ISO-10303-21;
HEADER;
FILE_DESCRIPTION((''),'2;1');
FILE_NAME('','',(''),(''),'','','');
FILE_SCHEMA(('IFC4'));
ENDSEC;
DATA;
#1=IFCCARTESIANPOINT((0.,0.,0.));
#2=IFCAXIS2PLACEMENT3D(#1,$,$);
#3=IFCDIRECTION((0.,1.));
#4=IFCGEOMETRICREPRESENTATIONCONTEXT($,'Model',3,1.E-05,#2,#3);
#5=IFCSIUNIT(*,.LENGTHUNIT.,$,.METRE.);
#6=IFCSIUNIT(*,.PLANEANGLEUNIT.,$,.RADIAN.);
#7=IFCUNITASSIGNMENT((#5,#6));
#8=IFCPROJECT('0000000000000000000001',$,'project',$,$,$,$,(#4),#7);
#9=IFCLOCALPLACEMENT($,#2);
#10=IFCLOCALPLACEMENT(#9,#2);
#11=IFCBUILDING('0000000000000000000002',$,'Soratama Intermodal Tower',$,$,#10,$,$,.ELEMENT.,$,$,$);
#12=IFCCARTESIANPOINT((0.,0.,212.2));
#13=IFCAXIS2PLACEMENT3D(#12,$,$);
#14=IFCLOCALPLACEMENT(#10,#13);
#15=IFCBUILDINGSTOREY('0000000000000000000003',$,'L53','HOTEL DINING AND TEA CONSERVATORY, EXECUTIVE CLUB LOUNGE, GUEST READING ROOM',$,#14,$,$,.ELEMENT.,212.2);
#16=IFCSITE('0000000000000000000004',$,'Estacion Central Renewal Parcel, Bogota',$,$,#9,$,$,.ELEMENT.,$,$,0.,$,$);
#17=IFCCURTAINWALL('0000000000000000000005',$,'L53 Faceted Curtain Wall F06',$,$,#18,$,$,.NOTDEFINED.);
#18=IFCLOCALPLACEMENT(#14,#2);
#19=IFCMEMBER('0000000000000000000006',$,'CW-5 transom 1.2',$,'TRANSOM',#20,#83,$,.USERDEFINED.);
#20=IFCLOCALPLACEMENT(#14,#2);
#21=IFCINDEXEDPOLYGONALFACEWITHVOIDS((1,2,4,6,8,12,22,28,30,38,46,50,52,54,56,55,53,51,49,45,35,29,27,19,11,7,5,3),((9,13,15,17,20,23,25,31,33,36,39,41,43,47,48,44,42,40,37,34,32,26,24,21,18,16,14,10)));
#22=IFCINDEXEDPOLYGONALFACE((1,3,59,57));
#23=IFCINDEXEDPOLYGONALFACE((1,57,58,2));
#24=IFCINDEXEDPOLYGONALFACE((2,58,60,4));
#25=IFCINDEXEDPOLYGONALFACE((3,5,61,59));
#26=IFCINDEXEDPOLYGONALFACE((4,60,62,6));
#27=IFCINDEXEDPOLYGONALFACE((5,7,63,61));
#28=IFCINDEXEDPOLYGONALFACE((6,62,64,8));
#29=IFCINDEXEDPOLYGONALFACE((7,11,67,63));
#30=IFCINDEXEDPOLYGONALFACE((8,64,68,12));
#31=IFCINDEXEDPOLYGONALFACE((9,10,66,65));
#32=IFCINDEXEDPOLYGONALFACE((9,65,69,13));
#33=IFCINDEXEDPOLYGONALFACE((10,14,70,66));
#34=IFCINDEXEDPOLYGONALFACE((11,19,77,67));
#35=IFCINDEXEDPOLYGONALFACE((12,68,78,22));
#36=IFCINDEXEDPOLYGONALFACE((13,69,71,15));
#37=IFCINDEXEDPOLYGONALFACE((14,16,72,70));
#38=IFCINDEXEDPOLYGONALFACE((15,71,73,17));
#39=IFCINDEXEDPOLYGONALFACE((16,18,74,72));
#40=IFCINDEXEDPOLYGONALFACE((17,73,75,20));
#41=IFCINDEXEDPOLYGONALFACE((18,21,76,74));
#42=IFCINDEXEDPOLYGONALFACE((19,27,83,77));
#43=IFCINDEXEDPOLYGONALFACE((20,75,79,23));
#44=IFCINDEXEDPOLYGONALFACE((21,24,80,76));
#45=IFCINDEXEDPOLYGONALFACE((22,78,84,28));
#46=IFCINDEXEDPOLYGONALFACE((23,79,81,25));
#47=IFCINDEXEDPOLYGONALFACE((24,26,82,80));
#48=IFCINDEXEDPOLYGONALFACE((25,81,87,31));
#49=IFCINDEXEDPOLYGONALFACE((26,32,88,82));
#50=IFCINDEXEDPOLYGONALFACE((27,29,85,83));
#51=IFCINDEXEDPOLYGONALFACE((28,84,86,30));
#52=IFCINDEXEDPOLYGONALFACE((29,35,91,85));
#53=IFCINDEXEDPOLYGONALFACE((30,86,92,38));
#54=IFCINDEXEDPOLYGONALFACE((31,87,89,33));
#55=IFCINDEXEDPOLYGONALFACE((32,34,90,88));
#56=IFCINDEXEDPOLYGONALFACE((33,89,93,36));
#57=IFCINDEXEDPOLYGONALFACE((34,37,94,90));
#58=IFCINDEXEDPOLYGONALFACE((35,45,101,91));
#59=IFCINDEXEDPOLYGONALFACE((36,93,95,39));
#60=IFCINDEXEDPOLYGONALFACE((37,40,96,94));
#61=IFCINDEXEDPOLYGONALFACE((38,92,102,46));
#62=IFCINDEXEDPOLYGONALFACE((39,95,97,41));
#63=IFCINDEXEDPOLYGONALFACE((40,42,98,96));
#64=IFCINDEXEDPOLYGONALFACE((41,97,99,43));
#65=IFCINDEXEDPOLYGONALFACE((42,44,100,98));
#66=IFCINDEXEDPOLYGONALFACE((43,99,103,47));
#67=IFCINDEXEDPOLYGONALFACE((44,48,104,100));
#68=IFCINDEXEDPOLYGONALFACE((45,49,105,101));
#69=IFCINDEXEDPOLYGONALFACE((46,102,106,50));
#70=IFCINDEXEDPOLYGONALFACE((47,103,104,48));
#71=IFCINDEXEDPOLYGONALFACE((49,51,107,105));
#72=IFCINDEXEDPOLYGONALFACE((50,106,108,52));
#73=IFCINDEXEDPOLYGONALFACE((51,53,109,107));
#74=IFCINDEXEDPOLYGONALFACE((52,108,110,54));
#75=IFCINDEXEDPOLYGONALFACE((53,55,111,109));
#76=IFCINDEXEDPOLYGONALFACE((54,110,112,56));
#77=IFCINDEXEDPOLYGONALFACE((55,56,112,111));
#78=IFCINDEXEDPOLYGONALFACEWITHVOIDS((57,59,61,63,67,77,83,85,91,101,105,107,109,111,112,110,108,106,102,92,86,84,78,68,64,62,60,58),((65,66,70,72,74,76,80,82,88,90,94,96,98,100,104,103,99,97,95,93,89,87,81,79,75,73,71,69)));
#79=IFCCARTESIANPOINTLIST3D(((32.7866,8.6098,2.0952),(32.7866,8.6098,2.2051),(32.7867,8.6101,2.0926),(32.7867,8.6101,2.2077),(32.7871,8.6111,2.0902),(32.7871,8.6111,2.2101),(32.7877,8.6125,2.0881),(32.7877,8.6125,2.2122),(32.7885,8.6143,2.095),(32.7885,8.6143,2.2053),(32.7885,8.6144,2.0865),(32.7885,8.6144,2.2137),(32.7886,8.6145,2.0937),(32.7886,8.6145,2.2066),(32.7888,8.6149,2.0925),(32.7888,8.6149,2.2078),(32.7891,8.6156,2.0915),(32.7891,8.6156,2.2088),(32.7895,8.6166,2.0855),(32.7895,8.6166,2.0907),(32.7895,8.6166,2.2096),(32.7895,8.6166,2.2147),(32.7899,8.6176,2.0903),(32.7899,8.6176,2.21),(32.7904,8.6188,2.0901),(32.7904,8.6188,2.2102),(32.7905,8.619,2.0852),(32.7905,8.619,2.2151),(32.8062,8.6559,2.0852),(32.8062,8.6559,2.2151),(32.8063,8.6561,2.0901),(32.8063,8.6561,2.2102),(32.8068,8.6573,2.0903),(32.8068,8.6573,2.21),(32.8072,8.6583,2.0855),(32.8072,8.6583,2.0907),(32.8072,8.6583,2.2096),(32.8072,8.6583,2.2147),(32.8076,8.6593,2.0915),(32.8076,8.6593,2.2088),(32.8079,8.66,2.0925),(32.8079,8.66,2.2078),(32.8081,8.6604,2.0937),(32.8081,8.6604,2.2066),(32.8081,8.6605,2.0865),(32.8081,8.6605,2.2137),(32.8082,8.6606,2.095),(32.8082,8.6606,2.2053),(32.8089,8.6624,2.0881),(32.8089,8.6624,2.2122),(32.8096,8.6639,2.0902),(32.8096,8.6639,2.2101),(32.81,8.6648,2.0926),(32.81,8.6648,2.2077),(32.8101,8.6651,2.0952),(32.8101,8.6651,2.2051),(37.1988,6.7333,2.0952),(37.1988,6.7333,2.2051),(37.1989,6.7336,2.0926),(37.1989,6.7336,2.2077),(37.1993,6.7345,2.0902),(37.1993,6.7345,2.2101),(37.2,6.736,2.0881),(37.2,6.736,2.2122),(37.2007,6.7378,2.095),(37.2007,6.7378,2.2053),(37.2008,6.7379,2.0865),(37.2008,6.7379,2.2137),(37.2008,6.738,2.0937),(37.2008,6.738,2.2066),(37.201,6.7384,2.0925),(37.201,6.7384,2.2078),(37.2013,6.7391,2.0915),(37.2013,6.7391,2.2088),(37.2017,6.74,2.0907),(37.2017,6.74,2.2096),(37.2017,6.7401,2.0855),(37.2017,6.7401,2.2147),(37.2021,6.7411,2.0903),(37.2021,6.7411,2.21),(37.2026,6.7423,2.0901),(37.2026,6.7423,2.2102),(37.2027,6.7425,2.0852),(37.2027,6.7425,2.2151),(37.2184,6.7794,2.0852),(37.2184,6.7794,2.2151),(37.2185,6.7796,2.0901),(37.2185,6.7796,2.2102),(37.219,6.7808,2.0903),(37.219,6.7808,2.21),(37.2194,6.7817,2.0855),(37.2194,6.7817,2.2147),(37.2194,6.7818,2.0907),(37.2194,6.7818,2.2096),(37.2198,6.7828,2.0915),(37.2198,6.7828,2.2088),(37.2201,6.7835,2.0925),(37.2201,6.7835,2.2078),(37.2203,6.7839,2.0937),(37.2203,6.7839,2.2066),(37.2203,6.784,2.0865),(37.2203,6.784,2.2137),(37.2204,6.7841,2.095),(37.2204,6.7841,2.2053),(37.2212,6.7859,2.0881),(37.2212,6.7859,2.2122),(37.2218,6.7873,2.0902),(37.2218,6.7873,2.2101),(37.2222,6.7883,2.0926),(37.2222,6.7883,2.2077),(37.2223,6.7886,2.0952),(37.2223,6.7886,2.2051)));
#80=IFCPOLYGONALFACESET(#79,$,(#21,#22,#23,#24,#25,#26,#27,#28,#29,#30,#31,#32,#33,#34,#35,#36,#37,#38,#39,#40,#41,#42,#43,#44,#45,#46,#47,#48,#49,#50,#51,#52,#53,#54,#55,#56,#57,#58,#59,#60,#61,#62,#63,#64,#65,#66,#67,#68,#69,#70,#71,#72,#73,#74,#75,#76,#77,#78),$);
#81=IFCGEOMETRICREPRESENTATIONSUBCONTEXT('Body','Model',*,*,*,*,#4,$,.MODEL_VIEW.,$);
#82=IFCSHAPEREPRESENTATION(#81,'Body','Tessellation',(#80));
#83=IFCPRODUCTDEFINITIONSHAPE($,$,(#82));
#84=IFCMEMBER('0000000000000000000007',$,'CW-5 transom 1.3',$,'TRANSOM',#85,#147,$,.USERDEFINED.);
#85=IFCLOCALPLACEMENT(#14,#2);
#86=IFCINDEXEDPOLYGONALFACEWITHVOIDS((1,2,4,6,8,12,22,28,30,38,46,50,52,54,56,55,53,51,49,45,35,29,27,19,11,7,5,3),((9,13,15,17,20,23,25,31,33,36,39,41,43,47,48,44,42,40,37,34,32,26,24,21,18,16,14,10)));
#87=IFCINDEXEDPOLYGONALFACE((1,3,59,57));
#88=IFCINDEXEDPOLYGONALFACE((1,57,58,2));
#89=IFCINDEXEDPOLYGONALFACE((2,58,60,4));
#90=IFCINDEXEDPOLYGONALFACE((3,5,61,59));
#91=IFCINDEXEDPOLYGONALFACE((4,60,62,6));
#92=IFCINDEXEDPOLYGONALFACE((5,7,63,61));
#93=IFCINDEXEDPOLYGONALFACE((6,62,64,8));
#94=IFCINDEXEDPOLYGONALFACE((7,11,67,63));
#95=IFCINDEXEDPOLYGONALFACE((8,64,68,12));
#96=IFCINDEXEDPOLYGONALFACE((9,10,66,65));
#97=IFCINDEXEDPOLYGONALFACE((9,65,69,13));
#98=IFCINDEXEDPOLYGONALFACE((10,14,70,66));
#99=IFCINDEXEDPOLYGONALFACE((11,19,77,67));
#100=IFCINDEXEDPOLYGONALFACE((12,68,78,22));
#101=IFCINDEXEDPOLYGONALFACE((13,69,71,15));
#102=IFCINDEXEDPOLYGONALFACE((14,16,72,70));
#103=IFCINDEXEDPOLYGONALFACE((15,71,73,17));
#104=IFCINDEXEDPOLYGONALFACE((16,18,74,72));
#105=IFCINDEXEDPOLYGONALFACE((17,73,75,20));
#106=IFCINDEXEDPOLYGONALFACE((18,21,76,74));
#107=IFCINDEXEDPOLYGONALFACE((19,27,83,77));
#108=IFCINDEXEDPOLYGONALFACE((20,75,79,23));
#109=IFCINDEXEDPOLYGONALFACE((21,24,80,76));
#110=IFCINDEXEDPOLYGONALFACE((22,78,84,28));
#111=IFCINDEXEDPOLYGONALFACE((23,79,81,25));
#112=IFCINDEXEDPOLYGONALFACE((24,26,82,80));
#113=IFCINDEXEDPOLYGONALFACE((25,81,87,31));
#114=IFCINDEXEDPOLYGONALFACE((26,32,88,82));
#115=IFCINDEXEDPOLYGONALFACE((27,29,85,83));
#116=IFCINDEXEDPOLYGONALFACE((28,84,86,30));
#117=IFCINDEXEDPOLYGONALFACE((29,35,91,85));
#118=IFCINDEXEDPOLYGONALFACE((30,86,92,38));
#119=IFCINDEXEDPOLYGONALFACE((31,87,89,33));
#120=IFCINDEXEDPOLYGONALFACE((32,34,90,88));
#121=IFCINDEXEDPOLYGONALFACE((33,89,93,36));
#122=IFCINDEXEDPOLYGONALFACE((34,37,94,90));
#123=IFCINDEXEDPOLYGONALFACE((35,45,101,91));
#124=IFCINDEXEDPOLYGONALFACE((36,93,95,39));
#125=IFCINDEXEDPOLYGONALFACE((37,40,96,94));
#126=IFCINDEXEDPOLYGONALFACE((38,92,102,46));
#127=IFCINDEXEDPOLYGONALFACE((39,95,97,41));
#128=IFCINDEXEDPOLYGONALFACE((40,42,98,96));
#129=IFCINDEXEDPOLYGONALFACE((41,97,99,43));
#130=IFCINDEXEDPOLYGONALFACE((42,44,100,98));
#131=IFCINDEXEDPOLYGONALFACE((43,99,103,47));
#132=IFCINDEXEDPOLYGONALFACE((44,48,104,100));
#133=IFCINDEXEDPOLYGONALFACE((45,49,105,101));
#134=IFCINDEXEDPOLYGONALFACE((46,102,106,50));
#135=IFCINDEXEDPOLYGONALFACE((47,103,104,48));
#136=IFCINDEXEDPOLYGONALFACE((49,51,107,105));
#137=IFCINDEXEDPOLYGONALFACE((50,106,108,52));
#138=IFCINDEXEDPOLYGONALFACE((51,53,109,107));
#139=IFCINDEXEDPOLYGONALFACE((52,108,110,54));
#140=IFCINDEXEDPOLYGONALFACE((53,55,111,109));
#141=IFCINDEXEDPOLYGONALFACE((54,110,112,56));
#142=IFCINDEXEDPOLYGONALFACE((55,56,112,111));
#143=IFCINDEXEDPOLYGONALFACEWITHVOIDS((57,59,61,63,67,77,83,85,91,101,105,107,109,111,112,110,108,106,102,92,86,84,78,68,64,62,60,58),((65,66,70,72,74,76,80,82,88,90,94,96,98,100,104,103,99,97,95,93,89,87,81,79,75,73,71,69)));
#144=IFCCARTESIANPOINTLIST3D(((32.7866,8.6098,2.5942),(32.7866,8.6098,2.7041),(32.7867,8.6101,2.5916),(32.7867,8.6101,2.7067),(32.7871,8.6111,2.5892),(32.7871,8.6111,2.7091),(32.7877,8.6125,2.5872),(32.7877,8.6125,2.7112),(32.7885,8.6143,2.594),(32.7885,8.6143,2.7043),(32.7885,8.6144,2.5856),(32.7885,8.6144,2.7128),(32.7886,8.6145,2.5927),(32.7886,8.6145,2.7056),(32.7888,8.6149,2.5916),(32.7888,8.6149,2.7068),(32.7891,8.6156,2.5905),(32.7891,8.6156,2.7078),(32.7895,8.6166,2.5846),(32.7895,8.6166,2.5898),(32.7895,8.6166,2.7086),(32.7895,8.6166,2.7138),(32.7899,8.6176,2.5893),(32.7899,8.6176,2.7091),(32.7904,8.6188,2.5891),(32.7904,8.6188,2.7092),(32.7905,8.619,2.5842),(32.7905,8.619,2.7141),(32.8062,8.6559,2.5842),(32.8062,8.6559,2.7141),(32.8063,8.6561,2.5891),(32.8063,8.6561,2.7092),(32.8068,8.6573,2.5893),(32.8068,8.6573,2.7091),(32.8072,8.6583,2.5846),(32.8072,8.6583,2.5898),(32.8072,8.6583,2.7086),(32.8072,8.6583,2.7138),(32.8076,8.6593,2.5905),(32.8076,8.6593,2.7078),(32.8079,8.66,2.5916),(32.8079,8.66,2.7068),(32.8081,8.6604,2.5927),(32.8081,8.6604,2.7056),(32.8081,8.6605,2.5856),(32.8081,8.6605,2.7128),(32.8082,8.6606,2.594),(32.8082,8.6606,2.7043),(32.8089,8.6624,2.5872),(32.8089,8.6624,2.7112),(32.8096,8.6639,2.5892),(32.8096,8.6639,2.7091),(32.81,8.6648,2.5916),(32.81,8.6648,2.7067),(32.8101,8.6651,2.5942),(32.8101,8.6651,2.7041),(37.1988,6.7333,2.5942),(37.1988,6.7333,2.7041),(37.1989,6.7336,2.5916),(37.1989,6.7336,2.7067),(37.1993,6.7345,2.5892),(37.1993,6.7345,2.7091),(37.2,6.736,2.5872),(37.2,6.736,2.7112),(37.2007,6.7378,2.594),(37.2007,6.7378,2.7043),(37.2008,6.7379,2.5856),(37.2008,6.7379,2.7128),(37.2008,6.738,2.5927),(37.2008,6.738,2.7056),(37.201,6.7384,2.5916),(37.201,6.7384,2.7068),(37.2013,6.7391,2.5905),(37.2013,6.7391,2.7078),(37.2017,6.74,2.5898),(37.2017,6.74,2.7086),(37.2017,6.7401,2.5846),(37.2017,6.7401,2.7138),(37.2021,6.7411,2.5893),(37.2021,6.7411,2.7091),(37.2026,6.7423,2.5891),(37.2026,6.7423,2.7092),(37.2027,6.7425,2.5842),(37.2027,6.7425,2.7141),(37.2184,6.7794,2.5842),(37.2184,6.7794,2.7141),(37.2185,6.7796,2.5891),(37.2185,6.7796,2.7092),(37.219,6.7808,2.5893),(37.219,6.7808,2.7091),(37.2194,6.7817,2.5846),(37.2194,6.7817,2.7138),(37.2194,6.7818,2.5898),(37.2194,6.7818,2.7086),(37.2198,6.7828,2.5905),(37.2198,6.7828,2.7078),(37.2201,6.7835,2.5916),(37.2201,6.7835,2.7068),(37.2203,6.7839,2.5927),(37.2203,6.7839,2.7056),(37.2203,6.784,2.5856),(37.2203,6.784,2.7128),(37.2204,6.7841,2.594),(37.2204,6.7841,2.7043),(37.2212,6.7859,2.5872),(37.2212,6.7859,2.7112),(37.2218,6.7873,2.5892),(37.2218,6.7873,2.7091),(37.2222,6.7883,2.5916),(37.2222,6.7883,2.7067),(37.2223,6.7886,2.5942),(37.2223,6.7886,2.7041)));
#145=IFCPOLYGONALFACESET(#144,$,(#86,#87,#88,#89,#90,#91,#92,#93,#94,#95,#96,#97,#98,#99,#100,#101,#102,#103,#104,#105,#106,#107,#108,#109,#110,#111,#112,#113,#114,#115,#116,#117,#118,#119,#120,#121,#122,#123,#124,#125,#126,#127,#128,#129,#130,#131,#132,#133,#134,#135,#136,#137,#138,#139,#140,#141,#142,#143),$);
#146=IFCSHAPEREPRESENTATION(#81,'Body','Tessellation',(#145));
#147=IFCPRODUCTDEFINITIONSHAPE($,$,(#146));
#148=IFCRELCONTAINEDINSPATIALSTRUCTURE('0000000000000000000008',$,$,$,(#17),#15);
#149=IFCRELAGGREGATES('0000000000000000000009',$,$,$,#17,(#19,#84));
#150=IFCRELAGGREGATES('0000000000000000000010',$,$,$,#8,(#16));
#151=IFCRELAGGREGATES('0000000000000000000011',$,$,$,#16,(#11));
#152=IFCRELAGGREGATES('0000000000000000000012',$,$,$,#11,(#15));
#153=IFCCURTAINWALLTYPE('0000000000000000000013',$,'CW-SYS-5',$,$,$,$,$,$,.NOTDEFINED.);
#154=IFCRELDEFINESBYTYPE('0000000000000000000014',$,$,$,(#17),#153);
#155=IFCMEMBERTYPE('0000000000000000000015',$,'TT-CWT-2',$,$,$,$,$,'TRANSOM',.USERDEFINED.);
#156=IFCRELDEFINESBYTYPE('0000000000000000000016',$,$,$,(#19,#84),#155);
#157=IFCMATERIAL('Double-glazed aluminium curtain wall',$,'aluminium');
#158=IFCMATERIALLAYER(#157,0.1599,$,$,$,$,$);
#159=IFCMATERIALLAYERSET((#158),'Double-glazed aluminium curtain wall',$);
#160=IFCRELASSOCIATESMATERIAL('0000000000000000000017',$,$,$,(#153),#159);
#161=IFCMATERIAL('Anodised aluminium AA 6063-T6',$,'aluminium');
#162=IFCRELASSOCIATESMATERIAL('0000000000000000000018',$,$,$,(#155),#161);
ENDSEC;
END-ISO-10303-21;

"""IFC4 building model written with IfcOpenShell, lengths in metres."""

from ifc_helpers import new_model, si_unit, direction, frame, origin, origin_2d, place, context, subcontext, project, spatial, hollow_rectangle, extrude, material, layer, layer_set, material_profile, profile_set, type_object, element, aggregate, save


model = new_model("IFC4")

# Units and contexts
model_context = context("Model", 3, precision=1e-05, world=origin(), true_north=direction((0.0, 1.0)))
body_context = subcontext(model_context, "Body", "Model", "MODEL_VIEW")
ifc_project = project(units=[si_unit("LENGTHUNIT", "METRE"), si_unit("PLANEANGLEUNIT", "RADIAN")], contexts=[model_context])

# Site, building, storey
site_placement = place(None, origin())
site = spatial("IfcSite", under=ifc_project, at=site_placement, Name="Estacion Central Renewal Parcel, Bogota", CompositionType="ELEMENT", RefElevation=0.0)
building_placement = place(site_placement, origin())
building = spatial("IfcBuilding", under=site, at=building_placement, Name="Soratama Intermodal Tower", CompositionType="ELEMENT")
storey_placement = place(building_placement, frame((0.0, 0.0, 212.2)))
storey = spatial("IfcBuildingStorey", under=building, at=storey_placement, Name="L53", Description="HOTEL DINING AND TEA CONSERVATORY, EXECUTIVE CLUB LOUNGE, GUEST READING ROOM", CompositionType="ELEMENT", Elevation=212.2)

# Curtain wall, members
ifc_material_1 = material(Name="Double-glazed aluminium curtain wall", Category="aluminium")
ifc_layer_1 = layer(ifc_material_1, 0.1599)
ifc_layer_set_1 = layer_set([ifc_layer_1], Name="Double-glazed aluminium curtain wall")
curtain_wall_type = type_object("IfcCurtainWallType", Name="CW-SYS-5", PredefinedType="NOTDEFINED", material=ifc_layer_set_1)
curtain_wall_placement = place(storey_placement, origin())
curtain_wall = element("IfcCurtainWall", 1, at=curtain_wall_placement, inside=storey, type_object=curtain_wall_type, Name="L53 Faceted Curtain Wall F06", PredefinedType="NOTDEFINED")
ifc_material_2 = material(Name="Anodised aluminium AA 6063-T6", Category="aluminium")
ifc_material_profile_1 = material_profile(ifc_material_2, hollow_rectangle(XDim=0.0601, YDim=0.1299, WallThickness=0.0049, InnerFilletRadius=0.0049, OuterFilletRadius=0.01, at=origin_2d()), Name="CWT130X60X5")
ifc_profile_set_1 = profile_set([ifc_material_profile_1], Name="Anodised aluminium AA 6063-T6")
member_type_1 = type_object("IfcMemberType", Name="TT-CWT-2", ElementType="TRANSOM", PredefinedType="USERDEFINED", material=ifc_profile_set_1)
member_1_placement = place(storey_placement, frame((32.7983, 8.6375, 2.1501), z_axis=(0.920232, -0.391374, 0.0), x_axis=(0.391374, 0.920232, 0.0)))
member_1 = element("IfcMember", 2, at=member_1_placement, type_object=member_type_1, Name="CW-5 transom 1.2", ObjectType="TRANSOM", PredefinedType="USERDEFINED", context=body_context, shape_type="SweptSolid", body=[
    extrude(hollow_rectangle(XDim=0.0601, YDim=0.1299, WallThickness=0.0049, InnerFilletRadius=0.0049, OuterFilletRadius=0.01, at=origin_2d()), origin(), (0.0, 0.0, 1.0), 4.7947),
])
member_2_placement = place(storey_placement, frame((32.7983, 8.6375, 2.6492), z_axis=(0.920232, -0.391374, 0.0), x_axis=(0.391374, 0.920232, 0.0)))
member_2 = element("IfcMember", 3, at=member_2_placement, type_object=member_type_1, Name="CW-5 transom 1.3", ObjectType="TRANSOM", PredefinedType="USERDEFINED", context=body_context, shape_type="SweptSolid", body=[
    extrude(hollow_rectangle(XDim=0.0601, YDim=0.1299, WallThickness=0.0049, InnerFilletRadius=0.0049, OuterFilletRadius=0.01, at=origin_2d()), origin(), (0.0, 0.0, 1.0), 4.7947),
])
aggregate(curtain_wall, [member_1, member_2])

save(model, "model.ifc")
